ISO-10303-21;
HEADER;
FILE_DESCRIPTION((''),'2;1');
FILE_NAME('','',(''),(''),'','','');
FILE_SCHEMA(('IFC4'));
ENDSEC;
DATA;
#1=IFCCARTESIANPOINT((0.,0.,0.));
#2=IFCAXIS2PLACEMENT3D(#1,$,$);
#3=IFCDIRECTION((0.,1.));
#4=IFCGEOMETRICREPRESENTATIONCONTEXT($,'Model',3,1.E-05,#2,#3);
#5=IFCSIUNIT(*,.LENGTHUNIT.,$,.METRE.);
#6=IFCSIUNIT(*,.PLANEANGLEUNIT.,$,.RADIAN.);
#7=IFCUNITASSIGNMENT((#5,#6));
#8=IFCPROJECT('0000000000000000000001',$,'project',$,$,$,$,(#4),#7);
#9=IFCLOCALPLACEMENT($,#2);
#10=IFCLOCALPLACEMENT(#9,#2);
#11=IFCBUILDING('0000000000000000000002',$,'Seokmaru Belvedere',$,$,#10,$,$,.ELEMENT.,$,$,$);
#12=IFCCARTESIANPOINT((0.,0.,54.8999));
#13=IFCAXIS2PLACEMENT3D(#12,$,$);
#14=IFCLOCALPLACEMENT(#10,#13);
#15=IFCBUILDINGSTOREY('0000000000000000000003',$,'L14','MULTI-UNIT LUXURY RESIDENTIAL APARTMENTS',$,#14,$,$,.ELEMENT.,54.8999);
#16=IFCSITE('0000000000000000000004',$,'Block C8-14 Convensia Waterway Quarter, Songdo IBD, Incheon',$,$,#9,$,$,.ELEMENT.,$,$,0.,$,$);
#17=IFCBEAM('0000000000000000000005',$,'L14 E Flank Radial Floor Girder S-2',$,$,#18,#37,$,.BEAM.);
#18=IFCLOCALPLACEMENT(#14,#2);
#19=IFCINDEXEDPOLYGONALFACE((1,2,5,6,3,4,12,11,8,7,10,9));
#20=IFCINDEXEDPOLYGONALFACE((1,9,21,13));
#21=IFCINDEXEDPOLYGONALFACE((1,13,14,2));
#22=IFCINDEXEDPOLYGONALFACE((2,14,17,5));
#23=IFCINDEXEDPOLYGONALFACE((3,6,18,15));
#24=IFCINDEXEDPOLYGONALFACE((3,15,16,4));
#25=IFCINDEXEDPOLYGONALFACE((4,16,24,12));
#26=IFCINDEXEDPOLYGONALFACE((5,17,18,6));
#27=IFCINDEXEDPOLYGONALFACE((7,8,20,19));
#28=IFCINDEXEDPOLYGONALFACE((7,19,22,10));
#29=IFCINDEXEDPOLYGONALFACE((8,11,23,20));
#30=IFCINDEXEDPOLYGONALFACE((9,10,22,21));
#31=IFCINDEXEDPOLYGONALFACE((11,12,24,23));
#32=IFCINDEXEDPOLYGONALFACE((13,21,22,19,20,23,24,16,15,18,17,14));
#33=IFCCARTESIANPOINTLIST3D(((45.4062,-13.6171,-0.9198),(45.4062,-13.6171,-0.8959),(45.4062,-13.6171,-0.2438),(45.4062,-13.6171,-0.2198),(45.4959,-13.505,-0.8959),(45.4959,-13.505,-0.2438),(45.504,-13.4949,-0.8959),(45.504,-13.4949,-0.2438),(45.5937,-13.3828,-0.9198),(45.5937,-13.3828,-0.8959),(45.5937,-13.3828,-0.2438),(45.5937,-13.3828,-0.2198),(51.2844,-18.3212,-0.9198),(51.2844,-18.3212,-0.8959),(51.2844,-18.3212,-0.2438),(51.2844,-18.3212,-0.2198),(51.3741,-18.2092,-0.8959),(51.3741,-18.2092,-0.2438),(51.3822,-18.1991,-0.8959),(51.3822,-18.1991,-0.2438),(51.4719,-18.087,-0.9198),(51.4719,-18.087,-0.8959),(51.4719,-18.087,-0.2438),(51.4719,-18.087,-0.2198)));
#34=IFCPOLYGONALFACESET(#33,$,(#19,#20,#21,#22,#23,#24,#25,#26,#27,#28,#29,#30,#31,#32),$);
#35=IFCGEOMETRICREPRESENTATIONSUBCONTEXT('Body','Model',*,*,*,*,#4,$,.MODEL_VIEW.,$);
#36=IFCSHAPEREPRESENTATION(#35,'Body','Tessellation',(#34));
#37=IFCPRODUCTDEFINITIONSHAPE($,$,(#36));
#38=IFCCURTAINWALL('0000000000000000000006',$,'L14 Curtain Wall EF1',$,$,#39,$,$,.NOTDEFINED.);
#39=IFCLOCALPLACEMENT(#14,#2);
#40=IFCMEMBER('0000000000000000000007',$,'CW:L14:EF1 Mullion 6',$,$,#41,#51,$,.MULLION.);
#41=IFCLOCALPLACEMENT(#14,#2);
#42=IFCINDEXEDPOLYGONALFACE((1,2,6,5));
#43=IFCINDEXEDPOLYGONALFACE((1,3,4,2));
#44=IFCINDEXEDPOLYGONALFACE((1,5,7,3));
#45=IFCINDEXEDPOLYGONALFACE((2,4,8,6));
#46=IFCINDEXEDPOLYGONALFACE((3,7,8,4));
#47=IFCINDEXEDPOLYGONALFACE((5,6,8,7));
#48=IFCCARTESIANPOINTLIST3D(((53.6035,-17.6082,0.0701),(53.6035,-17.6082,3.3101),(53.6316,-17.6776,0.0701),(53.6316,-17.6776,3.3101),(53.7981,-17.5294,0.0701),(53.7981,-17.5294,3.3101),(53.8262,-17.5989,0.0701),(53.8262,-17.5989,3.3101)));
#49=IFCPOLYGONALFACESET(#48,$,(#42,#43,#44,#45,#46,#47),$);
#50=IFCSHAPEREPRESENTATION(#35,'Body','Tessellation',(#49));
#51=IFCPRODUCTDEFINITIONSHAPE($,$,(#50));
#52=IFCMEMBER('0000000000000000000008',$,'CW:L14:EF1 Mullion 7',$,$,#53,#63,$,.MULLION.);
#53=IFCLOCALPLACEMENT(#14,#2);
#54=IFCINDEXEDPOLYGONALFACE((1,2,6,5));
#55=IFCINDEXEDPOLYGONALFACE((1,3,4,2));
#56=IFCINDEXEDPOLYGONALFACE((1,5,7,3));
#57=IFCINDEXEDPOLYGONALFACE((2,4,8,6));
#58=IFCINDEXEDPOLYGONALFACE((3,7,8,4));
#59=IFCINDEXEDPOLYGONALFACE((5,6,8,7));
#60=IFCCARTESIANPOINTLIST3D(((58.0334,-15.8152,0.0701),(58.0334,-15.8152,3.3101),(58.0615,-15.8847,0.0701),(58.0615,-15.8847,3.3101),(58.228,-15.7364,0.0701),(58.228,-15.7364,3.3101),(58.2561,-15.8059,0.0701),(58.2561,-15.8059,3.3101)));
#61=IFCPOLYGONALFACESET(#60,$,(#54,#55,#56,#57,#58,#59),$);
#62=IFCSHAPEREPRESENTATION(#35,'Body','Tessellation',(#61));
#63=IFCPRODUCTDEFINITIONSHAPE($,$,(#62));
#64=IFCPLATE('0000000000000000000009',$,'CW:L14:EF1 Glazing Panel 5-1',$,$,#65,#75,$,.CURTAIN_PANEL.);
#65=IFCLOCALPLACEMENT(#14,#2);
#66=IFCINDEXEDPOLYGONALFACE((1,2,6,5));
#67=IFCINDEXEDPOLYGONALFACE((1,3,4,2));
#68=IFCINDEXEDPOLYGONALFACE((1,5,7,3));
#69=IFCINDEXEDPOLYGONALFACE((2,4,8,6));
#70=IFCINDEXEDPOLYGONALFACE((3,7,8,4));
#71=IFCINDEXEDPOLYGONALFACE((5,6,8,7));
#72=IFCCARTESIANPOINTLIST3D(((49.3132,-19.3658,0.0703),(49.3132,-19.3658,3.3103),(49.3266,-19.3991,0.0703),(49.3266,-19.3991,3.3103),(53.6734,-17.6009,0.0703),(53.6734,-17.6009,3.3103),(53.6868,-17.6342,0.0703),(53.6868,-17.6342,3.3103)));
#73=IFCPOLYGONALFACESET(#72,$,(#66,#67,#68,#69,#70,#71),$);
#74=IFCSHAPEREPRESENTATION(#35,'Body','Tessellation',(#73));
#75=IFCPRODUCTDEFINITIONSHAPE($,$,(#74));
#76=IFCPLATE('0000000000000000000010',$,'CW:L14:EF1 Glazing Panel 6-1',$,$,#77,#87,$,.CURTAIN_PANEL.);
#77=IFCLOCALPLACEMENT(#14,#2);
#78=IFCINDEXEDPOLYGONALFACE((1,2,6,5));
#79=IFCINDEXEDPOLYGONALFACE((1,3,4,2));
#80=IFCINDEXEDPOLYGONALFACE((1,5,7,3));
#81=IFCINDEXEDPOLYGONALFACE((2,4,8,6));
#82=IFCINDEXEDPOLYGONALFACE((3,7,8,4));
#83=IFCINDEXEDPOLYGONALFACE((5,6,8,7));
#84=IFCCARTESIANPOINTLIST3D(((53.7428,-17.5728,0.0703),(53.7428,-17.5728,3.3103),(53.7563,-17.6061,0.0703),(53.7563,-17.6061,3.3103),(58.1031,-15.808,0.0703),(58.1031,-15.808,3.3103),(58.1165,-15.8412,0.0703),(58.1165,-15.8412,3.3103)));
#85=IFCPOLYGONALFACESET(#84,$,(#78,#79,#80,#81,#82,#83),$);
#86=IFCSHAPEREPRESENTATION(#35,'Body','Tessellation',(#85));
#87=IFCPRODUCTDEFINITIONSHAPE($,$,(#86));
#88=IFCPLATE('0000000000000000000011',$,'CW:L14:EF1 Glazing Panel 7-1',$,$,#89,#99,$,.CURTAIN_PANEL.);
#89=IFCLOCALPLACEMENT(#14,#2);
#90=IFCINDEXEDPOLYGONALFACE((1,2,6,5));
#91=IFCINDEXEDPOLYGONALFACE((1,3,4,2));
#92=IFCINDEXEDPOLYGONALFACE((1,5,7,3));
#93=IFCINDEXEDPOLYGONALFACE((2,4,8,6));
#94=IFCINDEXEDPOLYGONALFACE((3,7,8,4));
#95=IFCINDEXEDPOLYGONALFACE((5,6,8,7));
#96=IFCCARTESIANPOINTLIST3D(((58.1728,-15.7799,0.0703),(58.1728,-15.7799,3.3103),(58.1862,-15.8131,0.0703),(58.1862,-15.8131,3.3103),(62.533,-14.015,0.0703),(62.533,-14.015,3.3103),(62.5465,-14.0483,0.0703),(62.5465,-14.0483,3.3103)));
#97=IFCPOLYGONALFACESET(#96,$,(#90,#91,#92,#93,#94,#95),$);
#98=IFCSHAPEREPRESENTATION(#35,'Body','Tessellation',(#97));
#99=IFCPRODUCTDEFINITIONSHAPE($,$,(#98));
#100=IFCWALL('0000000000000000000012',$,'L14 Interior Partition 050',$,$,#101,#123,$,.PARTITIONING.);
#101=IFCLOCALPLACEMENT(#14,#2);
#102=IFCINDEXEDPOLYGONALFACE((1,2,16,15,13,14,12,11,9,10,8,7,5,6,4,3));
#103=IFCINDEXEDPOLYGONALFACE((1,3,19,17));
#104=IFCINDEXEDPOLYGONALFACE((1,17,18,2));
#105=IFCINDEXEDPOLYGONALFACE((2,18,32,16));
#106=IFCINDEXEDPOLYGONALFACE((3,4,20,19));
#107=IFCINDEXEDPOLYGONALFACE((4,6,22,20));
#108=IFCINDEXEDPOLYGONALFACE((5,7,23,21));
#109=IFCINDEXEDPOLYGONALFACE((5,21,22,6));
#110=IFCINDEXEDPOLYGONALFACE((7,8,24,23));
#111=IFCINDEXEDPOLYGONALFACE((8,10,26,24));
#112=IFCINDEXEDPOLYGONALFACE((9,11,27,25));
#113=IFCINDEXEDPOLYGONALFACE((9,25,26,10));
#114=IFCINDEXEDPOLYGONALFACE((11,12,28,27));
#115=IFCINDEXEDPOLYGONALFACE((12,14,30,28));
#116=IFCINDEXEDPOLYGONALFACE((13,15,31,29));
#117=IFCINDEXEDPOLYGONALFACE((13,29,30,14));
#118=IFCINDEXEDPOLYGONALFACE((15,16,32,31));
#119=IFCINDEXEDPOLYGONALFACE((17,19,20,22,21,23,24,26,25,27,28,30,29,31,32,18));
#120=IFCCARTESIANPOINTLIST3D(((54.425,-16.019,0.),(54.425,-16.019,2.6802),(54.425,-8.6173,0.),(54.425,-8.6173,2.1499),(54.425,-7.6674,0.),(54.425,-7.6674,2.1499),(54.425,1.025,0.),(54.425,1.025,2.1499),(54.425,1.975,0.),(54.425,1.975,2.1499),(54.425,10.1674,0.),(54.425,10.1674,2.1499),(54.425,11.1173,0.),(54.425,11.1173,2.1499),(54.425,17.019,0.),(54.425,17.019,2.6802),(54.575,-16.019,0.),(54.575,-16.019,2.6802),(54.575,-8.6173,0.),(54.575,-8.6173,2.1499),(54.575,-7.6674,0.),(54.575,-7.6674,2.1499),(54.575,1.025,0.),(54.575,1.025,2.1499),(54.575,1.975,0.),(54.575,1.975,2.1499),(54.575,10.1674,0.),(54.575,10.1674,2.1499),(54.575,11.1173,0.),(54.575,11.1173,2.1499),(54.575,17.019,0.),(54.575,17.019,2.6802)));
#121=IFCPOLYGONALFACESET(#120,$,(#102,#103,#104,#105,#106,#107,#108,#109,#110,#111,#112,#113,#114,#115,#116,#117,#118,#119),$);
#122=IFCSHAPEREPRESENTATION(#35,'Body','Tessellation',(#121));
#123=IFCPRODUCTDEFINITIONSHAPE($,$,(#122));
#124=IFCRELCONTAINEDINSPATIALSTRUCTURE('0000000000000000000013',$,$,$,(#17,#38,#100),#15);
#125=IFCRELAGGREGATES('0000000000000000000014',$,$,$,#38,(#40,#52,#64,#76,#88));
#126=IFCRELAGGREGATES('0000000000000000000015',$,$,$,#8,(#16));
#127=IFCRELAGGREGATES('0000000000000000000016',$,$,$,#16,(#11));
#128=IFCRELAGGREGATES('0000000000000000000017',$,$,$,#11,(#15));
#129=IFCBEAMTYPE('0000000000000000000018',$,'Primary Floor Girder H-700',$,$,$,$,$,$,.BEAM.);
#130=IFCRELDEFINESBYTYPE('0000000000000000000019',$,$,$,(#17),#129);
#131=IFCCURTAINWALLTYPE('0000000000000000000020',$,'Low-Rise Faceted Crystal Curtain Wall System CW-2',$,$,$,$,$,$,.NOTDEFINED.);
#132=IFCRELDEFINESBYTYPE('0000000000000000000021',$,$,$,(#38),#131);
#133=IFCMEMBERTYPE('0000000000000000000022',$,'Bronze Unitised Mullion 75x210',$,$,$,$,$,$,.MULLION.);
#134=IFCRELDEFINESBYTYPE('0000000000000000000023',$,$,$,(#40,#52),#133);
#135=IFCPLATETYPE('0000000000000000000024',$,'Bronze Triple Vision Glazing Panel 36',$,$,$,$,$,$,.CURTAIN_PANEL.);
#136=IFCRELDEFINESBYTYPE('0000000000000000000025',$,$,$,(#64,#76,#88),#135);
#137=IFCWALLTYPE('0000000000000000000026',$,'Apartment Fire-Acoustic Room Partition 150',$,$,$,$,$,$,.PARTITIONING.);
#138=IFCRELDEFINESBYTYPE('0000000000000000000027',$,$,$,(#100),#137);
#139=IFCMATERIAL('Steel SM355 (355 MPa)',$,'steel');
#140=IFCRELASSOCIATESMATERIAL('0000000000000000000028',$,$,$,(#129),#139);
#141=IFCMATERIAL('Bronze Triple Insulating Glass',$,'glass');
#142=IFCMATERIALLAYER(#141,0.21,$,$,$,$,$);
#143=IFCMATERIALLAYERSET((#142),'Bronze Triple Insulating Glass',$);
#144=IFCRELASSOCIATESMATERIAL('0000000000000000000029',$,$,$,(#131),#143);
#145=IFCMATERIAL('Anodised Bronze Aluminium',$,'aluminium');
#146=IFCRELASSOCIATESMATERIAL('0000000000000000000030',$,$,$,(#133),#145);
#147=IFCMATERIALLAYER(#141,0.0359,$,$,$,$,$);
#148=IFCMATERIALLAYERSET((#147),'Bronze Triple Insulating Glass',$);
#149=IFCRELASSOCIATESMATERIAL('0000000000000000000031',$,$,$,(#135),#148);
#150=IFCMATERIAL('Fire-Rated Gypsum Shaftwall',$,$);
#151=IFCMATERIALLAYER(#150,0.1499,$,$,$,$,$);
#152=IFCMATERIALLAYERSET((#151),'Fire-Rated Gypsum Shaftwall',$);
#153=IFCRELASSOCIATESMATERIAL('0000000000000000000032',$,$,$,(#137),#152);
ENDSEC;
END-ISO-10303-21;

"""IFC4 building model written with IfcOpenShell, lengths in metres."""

from ifc_helpers import new_model, si_unit, direction, frame, frame_2d, origin, origin_2d, place, context, subcontext, project, spatial, rectangle, i_section, extrude, source, transform, mapped, material, layer, layer_set, material_profile, profile_set, type_object, type_shapes, element, aggregate, save


model = new_model("IFC4")

# Units and contexts
model_context = context("Model", 3, precision=1e-05, world=origin(), true_north=direction((0.0, 1.0)))
body_context = subcontext(model_context, "Body", "Model", "MODEL_VIEW")
ifc_project = project(units=[si_unit("LENGTHUNIT", "METRE"), si_unit("PLANEANGLEUNIT", "RADIAN")], contexts=[model_context])

# Site, building, storey
site_placement = place(None, origin())
site = spatial("IfcSite", under=ifc_project, at=site_placement, Name="Block C8-14 Convensia Waterway Quarter, Songdo IBD, Incheon", CompositionType="ELEMENT", RefElevation=0.0)
building_placement = place(site_placement, origin())
building = spatial("IfcBuilding", under=site, at=building_placement, Name="Seokmaru Belvedere", CompositionType="ELEMENT")
storey_placement = place(building_placement, frame((0.0, 0.0, 54.8999)))
storey = spatial("IfcBuildingStorey", under=building, at=storey_placement, Name="L14", Description="MULTI-UNIT LUXURY RESIDENTIAL APARTMENTS", CompositionType="ELEMENT", Elevation=54.8999)

# Shared definitions
ifc_material_1 = material(Name="Steel SM355 (355 MPa)", Category="steel")

# Beam
ifc_material_profile_1 = material_profile(ifc_material_1, i_section(OverallWidth=0.3, OverallDepth=0.7, WebThickness=0.0129, FlangeThickness=0.0239, at=origin_2d()), Name="H-700x300x13x24")
ifc_profile_set_1 = profile_set([ifc_material_profile_1], Name="Steel SM355 (355 MPa)")
beam_type_1 = type_object("IfcBeamType", Name="Primary Floor Girder H-700", PredefinedType="BEAM", material=ifc_profile_set_1)
shared_shape_1 = source(origin(), body_context, "Body", "SweptSolid", [
    extrude(i_section(OverallWidth=0.3, OverallDepth=0.7, WebThickness=0.0129, FlangeThickness=0.0239, at=origin_2d()), origin(), (0.0, 0.0, 1.0), 7.5288),
])
beam_1_placement = place(storey_placement, frame((51.3782, -18.2041, -0.5698), z_axis=(-0.780768, 0.624822, 0.0), x_axis=(-0.624822, -0.780768, 0.0)))
element("IfcBeam", 1, at=beam_1_placement, inside=storey, type_object=beam_type_1, Name="L14 E Flank Radial Floor Girder S-2", PredefinedType="BEAM", context=body_context, shape_type="MappedRepresentation", body=[
    mapped(shared_shape_1, transform((0.0, 0.0, 0.0), scale=1.0)),
])

# Curtain wall, members, plates
ifc_material_2 = material(Name="Bronze Triple Insulating Glass", Category="glass")
ifc_layer_1 = layer(ifc_material_2, 0.21)
ifc_layer_set_1 = layer_set([ifc_layer_1], Name="Bronze Triple Insulating Glass")
curtain_wall_type = type_object("IfcCurtainWallType", Name="Low-Rise Faceted Crystal Curtain Wall System CW-2", PredefinedType="NOTDEFINED", material=ifc_layer_set_1)
curtain_wall_placement = place(storey_placement, origin())
curtain_wall = element("IfcCurtainWall", 2, at=curtain_wall_placement, inside=storey, type_object=curtain_wall_type, Name="L14 Curtain Wall EF1", PredefinedType="NOTDEFINED")
ifc_material_3 = material(Name="Anodised Bronze Aluminium", Category="aluminium")
ifc_material_profile_2 = material_profile(ifc_material_3, rectangle(XDim=0.075, YDim=0.21, at=origin_2d()), Name="CW-M-75x210")
ifc_profile_set_2 = profile_set([ifc_material_profile_2], Name="Anodised Bronze Aluminium")
member_type = type_object("IfcMemberType", Name="Bronze Unitised Mullion 75x210", PredefinedType="MULLION", material=ifc_profile_set_2)
shared_shape_2 = source(origin(), body_context, "Body", "SweptSolid", [
    extrude(rectangle(XDim=0.075, YDim=0.21, at=origin_2d()), origin(), (0.0, 0.0, 1.0), 3.24),
])
type_shapes(member_type, [shared_shape_2])
member_1_placement = place(storey_placement, frame((53.7148, -17.6035, 0.0701), z_axis=(0.0, 0.0, 1.0), x_axis=(-0.375192, 0.926947, 0.0)))
member_1 = element("IfcMember", 3, at=member_1_placement, type_object=member_type, Name="CW:L14:EF1 Mullion 6", PredefinedType="MULLION", context=body_context, shape_type="MappedRepresentation", body=[
    mapped(shared_shape_2, transform((0.0, 0.0, 0.0), scale=1.0)),
])
member_2_placement = place(storey_placement, frame((58.1448, -15.8105, 0.0701), z_axis=(0.0, 0.0, 1.0), x_axis=(-0.375192, 0.926947, 0.0)))
member_2 = element("IfcMember", 4, at=member_2_placement, type_object=member_type, Name="CW:L14:EF1 Mullion 7", PredefinedType="MULLION", context=body_context, shape_type="MappedRepresentation", body=[
    mapped(shared_shape_2, transform((0.0, 0.0, 0.0), scale=1.0)),
])
ifc_layer_2 = layer(ifc_material_2, 0.0359)
ifc_layer_set_2 = layer_set([ifc_layer_2], Name="Bronze Triple Insulating Glass")
plate_type = type_object("IfcPlateType", Name="Bronze Triple Vision Glazing Panel 36", PredefinedType="CURTAIN_PANEL", material=ifc_layer_set_2)
shared_shape_3 = source(origin(), body_context, "Body", "SweptSolid", [
    extrude(rectangle(XDim=4.7039, YDim=0.0359, at=origin_2d()), origin(), (0.0, 0.0, 1.0), 3.24),
])
type_shapes(plate_type, [shared_shape_3])
plate_1_placement = place(storey_placement, frame((51.5, -18.5, 0.0703), z_axis=(0.0, 0.0, 1.0), x_axis=(0.926947, 0.375192, 0.0)))
plate_1 = element("IfcPlate", 5, at=plate_1_placement, type_object=plate_type, Name="CW:L14:EF1 Glazing Panel 5-1", PredefinedType="CURTAIN_PANEL", context=body_context, shape_type="MappedRepresentation", body=[
    mapped(shared_shape_3, transform((0.0, 0.0, 0.0), scale=1.0)),
])
plate_2_placement = place(storey_placement, frame((55.9297, -16.707, 0.0703), z_axis=(0.0, 0.0, 1.0), x_axis=(0.926947, 0.375192, 0.0)))
plate_2 = element("IfcPlate", 6, at=plate_2_placement, type_object=plate_type, Name="CW:L14:EF1 Glazing Panel 6-1", PredefinedType="CURTAIN_PANEL", context=body_context, shape_type="MappedRepresentation", body=[
    mapped(shared_shape_3, transform((0.0, 0.0, 0.0), scale=1.0)),
])
plate_3_placement = place(storey_placement, frame((60.3596, -14.9141, 0.0703), z_axis=(0.0, 0.0, 1.0), x_axis=(0.926947, 0.375192, 0.0)))
plate_3 = element("IfcPlate", 7, at=plate_3_placement, type_object=plate_type, Name="CW:L14:EF1 Glazing Panel 7-1", PredefinedType="CURTAIN_PANEL", context=body_context, shape_type="MappedRepresentation", body=[
    mapped(shared_shape_3, transform((0.0, 0.0, 0.0), scale=1.0)),
])
aggregate(curtain_wall, [member_1, member_2, plate_1, plate_2, plate_3])

# Wall, openings
ifc_material_4 = material(Name="Fire-Rated Gypsum Shaftwall")
ifc_layer_3 = layer(ifc_material_4, 0.1499)
ifc_layer_set_3 = layer_set([ifc_layer_3], Name="Fire-Rated Gypsum Shaftwall")
wall_type = type_object("IfcWallType", Name="Apartment Fire-Acoustic Room Partition 150", PredefinedType="PARTITIONING", material=ifc_layer_set_3)
wall_1_placement = place(storey_placement, frame((54.5, -16.019, 0.0), z_axis=(0.0, 0.0, 1.0), x_axis=(0.0, 1.0, 0.0)))
wall_1 = element("IfcWall", 8, at=wall_1_placement, inside=storey, type_object=wall_type, Name="L14 Interior Partition 050", PredefinedType="PARTITIONING", context=body_context, shape_type="SweptSolid", body=[
    extrude(rectangle(XDim=33.0381, YDim=0.1499, at=frame_2d((16.519, 0.0))), origin(), (0.0, 0.0, 1.0), 2.6802),
])
opening_1_placement = place(wall_1_placement, frame((7.4016, 0.0, 0.0)))
element("IfcOpeningElement", 9, at=opening_1_placement, cuts=wall_1, PredefinedType="OPENING", context=body_context, shape_type="SweptSolid", body=[
    extrude(rectangle(XDim=0.95, YDim=2.1499, at=frame_2d((0.4751, 1.075))), frame((0.0, 0.085, 0.0), z_axis=(0.0, -1.0, 0.0), x_axis=(1.0, 0.0, 0.0)), (0.0, 0.0, 1.0), 0.1699),
])
opening_2_placement = place(wall_1_placement, frame((17.0439, 0.0, 0.0)))
element("IfcOpeningElement", 10, at=opening_2_placement, cuts=wall_1, PredefinedType="OPENING", context=body_context, shape_type="SweptSolid", body=[
    extrude(rectangle(XDim=0.95, YDim=2.1499, at=frame_2d((0.4751, 1.075))), frame((0.0, 0.085, 0.0), z_axis=(0.0, -1.0, 0.0), x_axis=(1.0, 0.0, 0.0)), (0.0, 0.0, 1.0), 0.1699),
])
opening_3_placement = place(wall_1_placement, frame((26.1863, 0.0, 0.0)))
element("IfcOpeningElement", 11, at=opening_3_placement, cuts=wall_1, PredefinedType="OPENING", context=body_context, shape_type="SweptSolid", body=[
    extrude(rectangle(XDim=0.95, YDim=2.1499, at=frame_2d((0.4751, 1.075))), frame((0.0, 0.085, 0.0), z_axis=(0.0, -1.0, 0.0), x_axis=(1.0, 0.0, 0.0)), (0.0, 0.0, 1.0), 0.1699),
])

save(model, "model.ifc")
